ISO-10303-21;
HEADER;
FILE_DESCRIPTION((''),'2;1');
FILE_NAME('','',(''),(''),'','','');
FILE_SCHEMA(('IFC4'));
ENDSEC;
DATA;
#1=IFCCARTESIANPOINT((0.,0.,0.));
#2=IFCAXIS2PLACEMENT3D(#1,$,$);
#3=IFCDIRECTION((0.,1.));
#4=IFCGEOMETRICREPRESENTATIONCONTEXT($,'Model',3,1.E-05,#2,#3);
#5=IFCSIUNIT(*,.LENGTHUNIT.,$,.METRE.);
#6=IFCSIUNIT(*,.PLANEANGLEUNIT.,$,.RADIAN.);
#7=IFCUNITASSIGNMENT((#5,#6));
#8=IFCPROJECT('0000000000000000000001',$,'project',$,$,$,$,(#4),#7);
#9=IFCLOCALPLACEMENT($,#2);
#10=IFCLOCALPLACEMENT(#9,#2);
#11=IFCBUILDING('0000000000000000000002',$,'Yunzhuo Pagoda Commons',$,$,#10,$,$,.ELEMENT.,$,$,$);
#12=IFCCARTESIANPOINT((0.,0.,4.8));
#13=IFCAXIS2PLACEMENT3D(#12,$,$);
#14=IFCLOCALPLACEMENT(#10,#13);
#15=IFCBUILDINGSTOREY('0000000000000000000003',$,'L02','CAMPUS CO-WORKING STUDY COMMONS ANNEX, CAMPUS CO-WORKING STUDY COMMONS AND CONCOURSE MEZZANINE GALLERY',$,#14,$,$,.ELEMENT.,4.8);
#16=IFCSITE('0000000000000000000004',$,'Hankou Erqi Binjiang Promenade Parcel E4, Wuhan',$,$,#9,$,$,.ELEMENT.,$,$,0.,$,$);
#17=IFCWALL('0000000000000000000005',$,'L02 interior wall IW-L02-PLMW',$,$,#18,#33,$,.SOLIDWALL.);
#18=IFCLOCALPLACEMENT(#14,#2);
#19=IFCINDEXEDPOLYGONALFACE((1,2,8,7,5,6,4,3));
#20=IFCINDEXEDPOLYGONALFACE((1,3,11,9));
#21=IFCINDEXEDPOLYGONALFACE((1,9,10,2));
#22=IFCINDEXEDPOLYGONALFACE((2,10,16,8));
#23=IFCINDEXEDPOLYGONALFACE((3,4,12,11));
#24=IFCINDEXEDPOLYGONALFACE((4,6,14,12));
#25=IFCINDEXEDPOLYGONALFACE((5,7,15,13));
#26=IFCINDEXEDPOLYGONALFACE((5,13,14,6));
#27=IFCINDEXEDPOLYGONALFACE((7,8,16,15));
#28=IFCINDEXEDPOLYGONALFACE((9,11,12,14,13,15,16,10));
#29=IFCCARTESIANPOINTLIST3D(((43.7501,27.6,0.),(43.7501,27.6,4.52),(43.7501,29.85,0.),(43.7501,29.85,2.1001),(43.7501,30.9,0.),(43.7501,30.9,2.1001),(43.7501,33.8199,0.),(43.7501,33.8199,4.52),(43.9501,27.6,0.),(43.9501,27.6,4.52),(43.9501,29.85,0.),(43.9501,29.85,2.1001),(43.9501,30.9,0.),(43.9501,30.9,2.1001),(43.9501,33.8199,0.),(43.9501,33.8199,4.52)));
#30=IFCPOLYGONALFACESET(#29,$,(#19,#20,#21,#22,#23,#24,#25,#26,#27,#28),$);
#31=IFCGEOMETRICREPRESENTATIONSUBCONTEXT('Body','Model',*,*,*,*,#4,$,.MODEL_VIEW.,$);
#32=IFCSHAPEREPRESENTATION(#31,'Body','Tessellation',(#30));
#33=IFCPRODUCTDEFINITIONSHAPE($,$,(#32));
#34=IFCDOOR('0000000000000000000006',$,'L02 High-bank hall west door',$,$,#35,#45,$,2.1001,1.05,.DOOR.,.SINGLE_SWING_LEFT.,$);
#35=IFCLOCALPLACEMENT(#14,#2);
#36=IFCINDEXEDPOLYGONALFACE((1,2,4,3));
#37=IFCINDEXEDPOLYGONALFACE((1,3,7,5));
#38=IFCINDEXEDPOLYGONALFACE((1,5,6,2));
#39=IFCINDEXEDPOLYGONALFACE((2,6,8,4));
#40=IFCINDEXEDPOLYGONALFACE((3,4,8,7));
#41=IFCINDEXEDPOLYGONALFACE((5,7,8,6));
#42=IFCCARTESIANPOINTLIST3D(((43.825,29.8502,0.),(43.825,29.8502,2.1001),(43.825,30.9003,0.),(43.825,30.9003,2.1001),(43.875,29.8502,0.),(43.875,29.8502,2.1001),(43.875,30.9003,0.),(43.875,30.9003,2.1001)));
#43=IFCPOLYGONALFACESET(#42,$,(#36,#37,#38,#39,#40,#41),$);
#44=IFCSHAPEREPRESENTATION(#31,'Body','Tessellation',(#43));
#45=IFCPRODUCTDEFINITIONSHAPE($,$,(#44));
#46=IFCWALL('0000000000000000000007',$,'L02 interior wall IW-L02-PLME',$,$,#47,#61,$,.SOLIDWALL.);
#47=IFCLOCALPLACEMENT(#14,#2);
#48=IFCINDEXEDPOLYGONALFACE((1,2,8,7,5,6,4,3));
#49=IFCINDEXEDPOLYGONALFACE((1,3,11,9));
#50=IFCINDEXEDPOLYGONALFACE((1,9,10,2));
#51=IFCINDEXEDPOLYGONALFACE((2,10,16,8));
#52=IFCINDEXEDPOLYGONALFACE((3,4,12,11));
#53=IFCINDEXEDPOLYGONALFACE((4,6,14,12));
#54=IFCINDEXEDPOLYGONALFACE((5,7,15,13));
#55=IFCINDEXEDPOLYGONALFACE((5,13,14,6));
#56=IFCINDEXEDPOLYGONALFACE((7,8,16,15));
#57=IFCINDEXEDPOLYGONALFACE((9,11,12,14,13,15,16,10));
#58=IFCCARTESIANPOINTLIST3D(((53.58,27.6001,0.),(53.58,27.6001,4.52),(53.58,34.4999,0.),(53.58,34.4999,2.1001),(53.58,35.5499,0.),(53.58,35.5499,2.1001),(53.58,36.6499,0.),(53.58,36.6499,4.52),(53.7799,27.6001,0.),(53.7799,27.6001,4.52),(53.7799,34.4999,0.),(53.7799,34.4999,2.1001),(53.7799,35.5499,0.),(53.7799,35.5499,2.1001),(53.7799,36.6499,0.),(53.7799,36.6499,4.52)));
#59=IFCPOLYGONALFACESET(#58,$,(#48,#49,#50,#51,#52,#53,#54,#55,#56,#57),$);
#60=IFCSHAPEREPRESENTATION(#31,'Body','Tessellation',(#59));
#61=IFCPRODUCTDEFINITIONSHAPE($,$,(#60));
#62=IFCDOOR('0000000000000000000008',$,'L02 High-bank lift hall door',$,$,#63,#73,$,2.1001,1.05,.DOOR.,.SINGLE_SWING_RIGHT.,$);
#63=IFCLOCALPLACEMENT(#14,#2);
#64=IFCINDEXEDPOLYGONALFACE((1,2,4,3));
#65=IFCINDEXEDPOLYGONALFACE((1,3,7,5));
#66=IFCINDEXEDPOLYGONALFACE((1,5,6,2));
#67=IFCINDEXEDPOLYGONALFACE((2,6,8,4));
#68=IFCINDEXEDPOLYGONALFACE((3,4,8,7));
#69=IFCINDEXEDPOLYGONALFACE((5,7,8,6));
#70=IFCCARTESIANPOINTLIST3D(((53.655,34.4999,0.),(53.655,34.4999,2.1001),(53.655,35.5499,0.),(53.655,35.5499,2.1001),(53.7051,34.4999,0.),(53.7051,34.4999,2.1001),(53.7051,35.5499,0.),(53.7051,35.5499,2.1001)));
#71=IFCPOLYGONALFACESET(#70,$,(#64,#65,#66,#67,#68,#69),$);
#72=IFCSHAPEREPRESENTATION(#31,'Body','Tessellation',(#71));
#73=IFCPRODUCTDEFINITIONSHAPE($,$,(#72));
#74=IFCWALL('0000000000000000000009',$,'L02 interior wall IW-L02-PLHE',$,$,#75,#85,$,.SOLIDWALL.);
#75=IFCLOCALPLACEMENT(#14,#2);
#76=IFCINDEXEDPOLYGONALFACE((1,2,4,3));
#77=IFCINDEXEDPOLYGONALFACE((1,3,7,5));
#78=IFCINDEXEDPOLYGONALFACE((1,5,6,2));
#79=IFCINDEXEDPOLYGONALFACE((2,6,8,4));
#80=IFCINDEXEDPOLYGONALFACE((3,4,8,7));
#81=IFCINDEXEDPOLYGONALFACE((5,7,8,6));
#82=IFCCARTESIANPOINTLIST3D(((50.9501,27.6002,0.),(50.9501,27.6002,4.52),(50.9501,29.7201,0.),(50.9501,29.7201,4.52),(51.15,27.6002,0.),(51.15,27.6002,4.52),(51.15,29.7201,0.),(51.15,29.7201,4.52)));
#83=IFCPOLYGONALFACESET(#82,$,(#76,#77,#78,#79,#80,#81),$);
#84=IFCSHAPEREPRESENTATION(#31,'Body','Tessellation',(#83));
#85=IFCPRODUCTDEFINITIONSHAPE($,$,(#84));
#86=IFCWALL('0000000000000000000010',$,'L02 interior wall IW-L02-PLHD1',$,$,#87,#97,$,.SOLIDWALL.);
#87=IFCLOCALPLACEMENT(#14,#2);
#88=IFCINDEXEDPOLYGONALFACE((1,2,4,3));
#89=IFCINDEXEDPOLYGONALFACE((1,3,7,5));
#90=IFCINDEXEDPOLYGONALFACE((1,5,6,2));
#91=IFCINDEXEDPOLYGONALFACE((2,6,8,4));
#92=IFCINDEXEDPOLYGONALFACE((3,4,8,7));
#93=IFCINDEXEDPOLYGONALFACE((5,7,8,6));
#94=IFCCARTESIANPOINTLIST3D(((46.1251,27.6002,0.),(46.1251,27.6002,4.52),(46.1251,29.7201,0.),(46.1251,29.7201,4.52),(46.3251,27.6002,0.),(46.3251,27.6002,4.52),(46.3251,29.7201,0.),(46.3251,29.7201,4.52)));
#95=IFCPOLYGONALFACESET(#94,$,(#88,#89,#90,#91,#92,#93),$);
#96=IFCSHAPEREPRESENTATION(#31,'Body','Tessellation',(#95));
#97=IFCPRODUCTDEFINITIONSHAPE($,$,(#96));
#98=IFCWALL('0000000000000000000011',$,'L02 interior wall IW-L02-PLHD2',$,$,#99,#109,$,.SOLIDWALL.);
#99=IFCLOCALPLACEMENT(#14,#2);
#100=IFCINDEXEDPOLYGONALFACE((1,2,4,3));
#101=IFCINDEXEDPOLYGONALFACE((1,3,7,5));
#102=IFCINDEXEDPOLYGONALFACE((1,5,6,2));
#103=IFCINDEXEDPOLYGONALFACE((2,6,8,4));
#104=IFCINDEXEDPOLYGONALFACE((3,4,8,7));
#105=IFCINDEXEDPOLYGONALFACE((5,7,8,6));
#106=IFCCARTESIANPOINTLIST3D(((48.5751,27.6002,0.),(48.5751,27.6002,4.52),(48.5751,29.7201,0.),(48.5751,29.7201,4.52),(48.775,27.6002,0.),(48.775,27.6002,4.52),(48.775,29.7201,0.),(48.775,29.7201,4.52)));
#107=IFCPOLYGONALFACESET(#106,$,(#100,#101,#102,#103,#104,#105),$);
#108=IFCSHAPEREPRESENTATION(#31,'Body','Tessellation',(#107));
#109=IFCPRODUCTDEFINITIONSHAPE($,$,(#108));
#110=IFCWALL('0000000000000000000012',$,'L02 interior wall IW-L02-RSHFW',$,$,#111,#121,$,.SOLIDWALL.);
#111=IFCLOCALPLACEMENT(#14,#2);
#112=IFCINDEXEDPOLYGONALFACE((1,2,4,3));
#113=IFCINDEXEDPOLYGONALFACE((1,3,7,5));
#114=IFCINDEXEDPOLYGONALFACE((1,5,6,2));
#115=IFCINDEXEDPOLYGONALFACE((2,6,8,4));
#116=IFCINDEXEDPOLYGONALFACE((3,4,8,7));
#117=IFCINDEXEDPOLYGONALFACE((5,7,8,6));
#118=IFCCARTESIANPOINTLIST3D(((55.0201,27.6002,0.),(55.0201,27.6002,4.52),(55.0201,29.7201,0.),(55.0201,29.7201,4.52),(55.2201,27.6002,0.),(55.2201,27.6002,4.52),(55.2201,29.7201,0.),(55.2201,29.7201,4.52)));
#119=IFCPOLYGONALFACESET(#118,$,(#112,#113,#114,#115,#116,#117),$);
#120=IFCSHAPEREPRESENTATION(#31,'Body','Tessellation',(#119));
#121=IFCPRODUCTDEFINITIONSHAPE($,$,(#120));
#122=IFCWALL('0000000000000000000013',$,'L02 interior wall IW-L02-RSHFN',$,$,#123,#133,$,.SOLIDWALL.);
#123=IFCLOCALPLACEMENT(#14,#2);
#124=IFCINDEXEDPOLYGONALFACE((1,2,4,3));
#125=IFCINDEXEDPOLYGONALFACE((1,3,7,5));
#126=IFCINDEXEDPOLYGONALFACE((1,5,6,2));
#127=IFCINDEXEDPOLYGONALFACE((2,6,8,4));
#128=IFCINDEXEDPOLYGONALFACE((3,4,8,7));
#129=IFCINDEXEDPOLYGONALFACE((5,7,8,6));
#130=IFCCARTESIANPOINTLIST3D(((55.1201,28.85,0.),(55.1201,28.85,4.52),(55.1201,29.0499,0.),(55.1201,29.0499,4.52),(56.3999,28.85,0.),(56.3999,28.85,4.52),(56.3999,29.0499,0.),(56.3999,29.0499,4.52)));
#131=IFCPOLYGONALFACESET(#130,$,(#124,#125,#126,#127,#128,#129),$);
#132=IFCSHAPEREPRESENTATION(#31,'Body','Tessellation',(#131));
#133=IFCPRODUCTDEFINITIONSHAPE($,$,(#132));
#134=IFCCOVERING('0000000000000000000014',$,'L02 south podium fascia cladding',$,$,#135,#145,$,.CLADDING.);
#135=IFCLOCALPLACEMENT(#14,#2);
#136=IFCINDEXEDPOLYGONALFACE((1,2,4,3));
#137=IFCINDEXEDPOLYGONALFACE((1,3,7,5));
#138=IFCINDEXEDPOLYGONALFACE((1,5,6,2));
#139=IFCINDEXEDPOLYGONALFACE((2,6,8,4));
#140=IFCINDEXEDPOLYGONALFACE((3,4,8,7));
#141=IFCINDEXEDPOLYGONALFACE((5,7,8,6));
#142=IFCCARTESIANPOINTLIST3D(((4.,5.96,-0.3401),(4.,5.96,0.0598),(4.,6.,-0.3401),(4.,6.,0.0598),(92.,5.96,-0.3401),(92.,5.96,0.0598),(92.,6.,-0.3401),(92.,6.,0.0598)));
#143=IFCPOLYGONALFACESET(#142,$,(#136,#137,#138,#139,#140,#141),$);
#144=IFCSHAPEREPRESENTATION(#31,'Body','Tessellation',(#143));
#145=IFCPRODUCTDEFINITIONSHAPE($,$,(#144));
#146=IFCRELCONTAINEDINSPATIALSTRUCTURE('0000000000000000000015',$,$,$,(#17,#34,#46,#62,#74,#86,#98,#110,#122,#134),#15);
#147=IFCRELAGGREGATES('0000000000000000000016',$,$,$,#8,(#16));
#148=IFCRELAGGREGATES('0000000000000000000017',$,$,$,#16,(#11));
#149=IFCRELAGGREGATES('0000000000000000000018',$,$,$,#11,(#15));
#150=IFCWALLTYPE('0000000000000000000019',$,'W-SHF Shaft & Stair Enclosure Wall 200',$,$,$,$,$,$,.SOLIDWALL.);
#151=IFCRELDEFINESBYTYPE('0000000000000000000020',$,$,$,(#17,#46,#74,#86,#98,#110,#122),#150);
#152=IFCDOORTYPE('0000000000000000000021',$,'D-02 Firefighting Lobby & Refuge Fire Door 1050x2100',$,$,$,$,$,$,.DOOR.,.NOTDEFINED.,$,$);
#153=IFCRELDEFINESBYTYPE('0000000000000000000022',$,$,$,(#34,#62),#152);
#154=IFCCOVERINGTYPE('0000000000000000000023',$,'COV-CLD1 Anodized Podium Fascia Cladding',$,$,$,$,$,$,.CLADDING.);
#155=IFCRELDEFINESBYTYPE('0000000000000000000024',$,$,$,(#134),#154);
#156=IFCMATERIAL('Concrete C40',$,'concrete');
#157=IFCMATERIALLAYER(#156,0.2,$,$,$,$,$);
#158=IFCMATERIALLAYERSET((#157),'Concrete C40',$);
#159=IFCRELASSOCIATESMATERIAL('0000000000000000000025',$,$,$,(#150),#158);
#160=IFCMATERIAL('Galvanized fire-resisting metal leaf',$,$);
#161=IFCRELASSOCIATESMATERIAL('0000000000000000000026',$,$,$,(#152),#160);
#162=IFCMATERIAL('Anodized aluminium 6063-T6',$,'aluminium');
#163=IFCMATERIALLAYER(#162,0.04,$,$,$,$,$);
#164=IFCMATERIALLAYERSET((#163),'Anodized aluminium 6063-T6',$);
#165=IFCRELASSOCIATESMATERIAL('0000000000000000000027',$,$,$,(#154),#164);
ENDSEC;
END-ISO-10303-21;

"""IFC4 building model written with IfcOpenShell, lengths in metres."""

from ifc_helpers import new_model, si_unit, direction, frame, frame_2d, origin, origin_with_axes, origin_2d, place, context, subcontext, project, spatial, rectangle, extrude, source, transform, mapped, material, layer, layer_set, type_object, element, fill, save


model = new_model("IFC4")

# Units and contexts
model_context = context("Model", 3, precision=1e-05, world=origin(), true_north=direction((0.0, 1.0)))
body_context = subcontext(model_context, "Body", "Model", "MODEL_VIEW")
ifc_project = project(units=[si_unit("LENGTHUNIT", "METRE"), si_unit("PLANEANGLEUNIT", "RADIAN")], contexts=[model_context])

# Site, building, storey
site_placement = place(None, origin())
site = spatial("IfcSite", under=ifc_project, at=site_placement, Name="Hankou Erqi Binjiang Promenade Parcel E4, Wuhan", CompositionType="ELEMENT", RefElevation=0.0)
building_placement = place(site_placement, origin())
building = spatial("IfcBuilding", under=site, at=building_placement, Name="Yunzhuo Pagoda Commons", CompositionType="ELEMENT")
storey_placement = place(building_placement, frame((0.0, 0.0, 4.8)))
storey = spatial("IfcBuildingStorey", under=building, at=storey_placement, Name="L02", Description="CAMPUS CO-WORKING STUDY COMMONS ANNEX, CAMPUS CO-WORKING STUDY COMMONS AND CONCOURSE MEZZANINE GALLERY", CompositionType="ELEMENT", Elevation=4.8)

# Shared definitions
ifc_material_1 = material(Name="Anodized aluminium 6063-T6", Category="aluminium")

# Shared definitions
ifc_material_2 = material(Name="Galvanized fire-resisting metal leaf")

# Walls, openings, doors
ifc_material_3 = material(Name="Concrete C40", Category="concrete")
ifc_layer_1 = layer(ifc_material_3, 0.2)
ifc_layer_set_1 = layer_set([ifc_layer_1], Name="Concrete C40")
wall_type_1 = type_object("IfcWallType", Name="W-SHF Shaft & Stair Enclosure Wall 200", PredefinedType="SOLIDWALL", material=ifc_layer_set_1)
wall_1_placement = place(storey_placement, frame((43.8501, 27.6001, 0.0), z_axis=(0.0, 0.0, 1.0), x_axis=(0.0, 1.0, 0.0)))
wall_1 = element("IfcWall", 1, at=wall_1_placement, inside=storey, type_object=wall_type_1, Name="L02 interior wall IW-L02-PLMW", PredefinedType="SOLIDWALL", context=body_context, shape_type="SweptSolid", body=[
    extrude(rectangle(XDim=6.22, YDim=0.2, at=frame_2d((3.1099, 0.0))), origin(), (0.0, 0.0, 1.0), 4.52),
])
opening_1_placement = place(wall_1_placement, frame((2.25, 0.0, 0.0)))
opening_1 = element("IfcOpeningElement", 2, at=opening_1_placement, cuts=wall_1, PredefinedType="OPENING", context=body_context, shape_type="SweptSolid", body=[
    extrude(rectangle(XDim=1.05, YDim=2.1001, at=frame_2d((0.5249, 1.05))), frame((0.0, 0.1099, 0.0), z_axis=(0.0, -1.0, 0.0), x_axis=(1.0, 0.0, 0.0)), (0.0, 0.0, 1.0), 0.22),
])
door_type_1 = type_object("IfcDoorType", Name="D-02 Firefighting Lobby & Refuge Fire Door 1050x2100", OperationType="NOTDEFINED", PredefinedType="DOOR", material=ifc_material_2)
shared_shape_1 = source(origin(), body_context, "Body", "SweptSolid", [
    extrude(rectangle(XDim=1.05, YDim=2.1001, at=frame_2d((0.5249, 1.05))), frame((0.0, 0.0249, 0.0), z_axis=(0.0, -1.0, 0.0), x_axis=(1.0, 0.0, 0.0)), (0.0, 0.0, 1.0), 0.05),
])
door_1_placement = place(opening_1_placement, frame((1.05, 0.0, 0.0), z_axis=(0.0, 0.0, 1.0), x_axis=(-1.0, 0.0, 0.0)))
door_1 = element("IfcDoor", 3, at=door_1_placement, inside=storey, type_object=door_type_1, Name="L02 High-bank hall west door", OperationType="SINGLE_SWING_LEFT", OverallHeight=2.1001, OverallWidth=1.05, PredefinedType="DOOR", context=body_context, shape_type="MappedRepresentation", body=[
    mapped(shared_shape_1, transform((0.0, 0.0, 0.0), scale=1.0)),
])
fill(opening_1, door_1)
wall_2_placement = place(storey_placement, frame((53.6799, 27.6001, 0.0), z_axis=(0.0, 0.0, 1.0), x_axis=(0.0, 1.0, 0.0)))
wall_2 = element("IfcWall", 4, at=wall_2_placement, inside=storey, type_object=wall_type_1, Name="L02 interior wall IW-L02-PLME", PredefinedType="SOLIDWALL", context=body_context, shape_type="SweptSolid", body=[
    extrude(rectangle(XDim=9.0498, YDim=0.2, at=frame_2d((4.5249, 0.0))), origin(), (0.0, 0.0, 1.0), 4.52),
])
opening_2_placement = place(wall_2_placement, frame((6.8999, 0.0, 0.0)))
opening_2 = element("IfcOpeningElement", 5, at=opening_2_placement, cuts=wall_2, PredefinedType="OPENING", context=body_context, shape_type="SweptSolid", body=[
    extrude(rectangle(XDim=1.05, YDim=2.1001, at=frame_2d((0.5249, 1.05))), frame((0.0, 0.1099, 0.0), z_axis=(0.0, -1.0, 0.0), x_axis=(1.0, 0.0, 0.0)), (0.0, 0.0, 1.0), 0.22),
])
door_2_placement = place(opening_2_placement, origin_with_axes())
door_2 = element("IfcDoor", 6, at=door_2_placement, inside=storey, type_object=door_type_1, Name="L02 High-bank lift hall door", OperationType="SINGLE_SWING_RIGHT", OverallHeight=2.1001, OverallWidth=1.05, PredefinedType="DOOR", context=body_context, shape_type="MappedRepresentation", body=[
    mapped(shared_shape_1, transform((0.0, 0.0, 0.0), scale=1.0)),
])
fill(opening_2, door_2)

# Walls
for number, where, z_axis, x_axis, name in (
    (7, (51.05, 27.6001, 0.0), (0.0, 0.0, 1.0), (0.0, 1.0, 0.0), "L02 interior wall IW-L02-PLHE"),
    (8, (46.2251, 27.6001, 0.0), (0.0, 0.0, 1.0), (0.0, 1.0, 0.0), "L02 interior wall IW-L02-PLHD1"),
    (9, (48.675, 27.6001, 0.0), (0.0, 0.0, 1.0), (0.0, 1.0, 0.0), "L02 interior wall IW-L02-PLHD2"),
    (10, (55.1201, 27.6001, 0.0), (0.0, 0.0, 1.0), (0.0, 1.0, 0.0), "L02 interior wall IW-L02-RSHFW"),
):
    element("IfcWall", number, at=place(storey_placement, frame(where, z_axis=z_axis, x_axis=x_axis)), inside=storey, type_object=wall_type_1, Name=name, PredefinedType="SOLIDWALL", context=body_context, shape_type="SweptSolid", body=[
        extrude(rectangle(XDim=2.1199, YDim=0.2, at=frame_2d((1.0601, 0.0))), origin(), (0.0, 0.0, 1.0), 4.52),
    ])
wall_3_placement = place(storey_placement, frame((55.1201, 28.95, 0.0), z_axis=(0.0, 0.0, 1.0), x_axis=(1.0, 0.0, 0.0)))
element("IfcWall", 11, at=wall_3_placement, inside=storey, type_object=wall_type_1, Name="L02 interior wall IW-L02-RSHFN", PredefinedType="SOLIDWALL", context=body_context, shape_type="SweptSolid", body=[
    extrude(rectangle(XDim=1.2798, YDim=0.2, at=frame_2d((0.6399, 0.0))), origin(), (0.0, 0.0, 1.0), 4.52),
])

# Covering
ifc_layer_2 = layer(ifc_material_1, 0.04)
ifc_layer_set_2 = layer_set([ifc_layer_2], Name="Anodized aluminium 6063-T6")
covering_type = type_object("IfcCoveringType", Name="COV-CLD1 Anodized Podium Fascia Cladding", PredefinedType="CLADDING", material=ifc_layer_set_2)
shared_shape_2 = source(origin(), body_context, "Body", "SweptSolid", [
    extrude(rectangle(XDim=88.0, YDim=0.04, at=origin_2d()), origin(), (0.0, 0.0, 1.0), 0.3999),
])
covering_placement = place(storey_placement, frame((48.0, 5.98, -0.3401), z_axis=(0.0, 0.0, 1.0), x_axis=(1.0, 0.0, 0.0)))
element("IfcCovering", 12, at=covering_placement, inside=storey, type_object=covering_type, Name="L02 south podium fascia cladding", PredefinedType="CLADDING", context=body_context, shape_type="MappedRepresentation", body=[
    mapped(shared_shape_2, transform((0.0, 0.0, 0.0), scale=1.0)),
])

save(model, "model.ifc")
